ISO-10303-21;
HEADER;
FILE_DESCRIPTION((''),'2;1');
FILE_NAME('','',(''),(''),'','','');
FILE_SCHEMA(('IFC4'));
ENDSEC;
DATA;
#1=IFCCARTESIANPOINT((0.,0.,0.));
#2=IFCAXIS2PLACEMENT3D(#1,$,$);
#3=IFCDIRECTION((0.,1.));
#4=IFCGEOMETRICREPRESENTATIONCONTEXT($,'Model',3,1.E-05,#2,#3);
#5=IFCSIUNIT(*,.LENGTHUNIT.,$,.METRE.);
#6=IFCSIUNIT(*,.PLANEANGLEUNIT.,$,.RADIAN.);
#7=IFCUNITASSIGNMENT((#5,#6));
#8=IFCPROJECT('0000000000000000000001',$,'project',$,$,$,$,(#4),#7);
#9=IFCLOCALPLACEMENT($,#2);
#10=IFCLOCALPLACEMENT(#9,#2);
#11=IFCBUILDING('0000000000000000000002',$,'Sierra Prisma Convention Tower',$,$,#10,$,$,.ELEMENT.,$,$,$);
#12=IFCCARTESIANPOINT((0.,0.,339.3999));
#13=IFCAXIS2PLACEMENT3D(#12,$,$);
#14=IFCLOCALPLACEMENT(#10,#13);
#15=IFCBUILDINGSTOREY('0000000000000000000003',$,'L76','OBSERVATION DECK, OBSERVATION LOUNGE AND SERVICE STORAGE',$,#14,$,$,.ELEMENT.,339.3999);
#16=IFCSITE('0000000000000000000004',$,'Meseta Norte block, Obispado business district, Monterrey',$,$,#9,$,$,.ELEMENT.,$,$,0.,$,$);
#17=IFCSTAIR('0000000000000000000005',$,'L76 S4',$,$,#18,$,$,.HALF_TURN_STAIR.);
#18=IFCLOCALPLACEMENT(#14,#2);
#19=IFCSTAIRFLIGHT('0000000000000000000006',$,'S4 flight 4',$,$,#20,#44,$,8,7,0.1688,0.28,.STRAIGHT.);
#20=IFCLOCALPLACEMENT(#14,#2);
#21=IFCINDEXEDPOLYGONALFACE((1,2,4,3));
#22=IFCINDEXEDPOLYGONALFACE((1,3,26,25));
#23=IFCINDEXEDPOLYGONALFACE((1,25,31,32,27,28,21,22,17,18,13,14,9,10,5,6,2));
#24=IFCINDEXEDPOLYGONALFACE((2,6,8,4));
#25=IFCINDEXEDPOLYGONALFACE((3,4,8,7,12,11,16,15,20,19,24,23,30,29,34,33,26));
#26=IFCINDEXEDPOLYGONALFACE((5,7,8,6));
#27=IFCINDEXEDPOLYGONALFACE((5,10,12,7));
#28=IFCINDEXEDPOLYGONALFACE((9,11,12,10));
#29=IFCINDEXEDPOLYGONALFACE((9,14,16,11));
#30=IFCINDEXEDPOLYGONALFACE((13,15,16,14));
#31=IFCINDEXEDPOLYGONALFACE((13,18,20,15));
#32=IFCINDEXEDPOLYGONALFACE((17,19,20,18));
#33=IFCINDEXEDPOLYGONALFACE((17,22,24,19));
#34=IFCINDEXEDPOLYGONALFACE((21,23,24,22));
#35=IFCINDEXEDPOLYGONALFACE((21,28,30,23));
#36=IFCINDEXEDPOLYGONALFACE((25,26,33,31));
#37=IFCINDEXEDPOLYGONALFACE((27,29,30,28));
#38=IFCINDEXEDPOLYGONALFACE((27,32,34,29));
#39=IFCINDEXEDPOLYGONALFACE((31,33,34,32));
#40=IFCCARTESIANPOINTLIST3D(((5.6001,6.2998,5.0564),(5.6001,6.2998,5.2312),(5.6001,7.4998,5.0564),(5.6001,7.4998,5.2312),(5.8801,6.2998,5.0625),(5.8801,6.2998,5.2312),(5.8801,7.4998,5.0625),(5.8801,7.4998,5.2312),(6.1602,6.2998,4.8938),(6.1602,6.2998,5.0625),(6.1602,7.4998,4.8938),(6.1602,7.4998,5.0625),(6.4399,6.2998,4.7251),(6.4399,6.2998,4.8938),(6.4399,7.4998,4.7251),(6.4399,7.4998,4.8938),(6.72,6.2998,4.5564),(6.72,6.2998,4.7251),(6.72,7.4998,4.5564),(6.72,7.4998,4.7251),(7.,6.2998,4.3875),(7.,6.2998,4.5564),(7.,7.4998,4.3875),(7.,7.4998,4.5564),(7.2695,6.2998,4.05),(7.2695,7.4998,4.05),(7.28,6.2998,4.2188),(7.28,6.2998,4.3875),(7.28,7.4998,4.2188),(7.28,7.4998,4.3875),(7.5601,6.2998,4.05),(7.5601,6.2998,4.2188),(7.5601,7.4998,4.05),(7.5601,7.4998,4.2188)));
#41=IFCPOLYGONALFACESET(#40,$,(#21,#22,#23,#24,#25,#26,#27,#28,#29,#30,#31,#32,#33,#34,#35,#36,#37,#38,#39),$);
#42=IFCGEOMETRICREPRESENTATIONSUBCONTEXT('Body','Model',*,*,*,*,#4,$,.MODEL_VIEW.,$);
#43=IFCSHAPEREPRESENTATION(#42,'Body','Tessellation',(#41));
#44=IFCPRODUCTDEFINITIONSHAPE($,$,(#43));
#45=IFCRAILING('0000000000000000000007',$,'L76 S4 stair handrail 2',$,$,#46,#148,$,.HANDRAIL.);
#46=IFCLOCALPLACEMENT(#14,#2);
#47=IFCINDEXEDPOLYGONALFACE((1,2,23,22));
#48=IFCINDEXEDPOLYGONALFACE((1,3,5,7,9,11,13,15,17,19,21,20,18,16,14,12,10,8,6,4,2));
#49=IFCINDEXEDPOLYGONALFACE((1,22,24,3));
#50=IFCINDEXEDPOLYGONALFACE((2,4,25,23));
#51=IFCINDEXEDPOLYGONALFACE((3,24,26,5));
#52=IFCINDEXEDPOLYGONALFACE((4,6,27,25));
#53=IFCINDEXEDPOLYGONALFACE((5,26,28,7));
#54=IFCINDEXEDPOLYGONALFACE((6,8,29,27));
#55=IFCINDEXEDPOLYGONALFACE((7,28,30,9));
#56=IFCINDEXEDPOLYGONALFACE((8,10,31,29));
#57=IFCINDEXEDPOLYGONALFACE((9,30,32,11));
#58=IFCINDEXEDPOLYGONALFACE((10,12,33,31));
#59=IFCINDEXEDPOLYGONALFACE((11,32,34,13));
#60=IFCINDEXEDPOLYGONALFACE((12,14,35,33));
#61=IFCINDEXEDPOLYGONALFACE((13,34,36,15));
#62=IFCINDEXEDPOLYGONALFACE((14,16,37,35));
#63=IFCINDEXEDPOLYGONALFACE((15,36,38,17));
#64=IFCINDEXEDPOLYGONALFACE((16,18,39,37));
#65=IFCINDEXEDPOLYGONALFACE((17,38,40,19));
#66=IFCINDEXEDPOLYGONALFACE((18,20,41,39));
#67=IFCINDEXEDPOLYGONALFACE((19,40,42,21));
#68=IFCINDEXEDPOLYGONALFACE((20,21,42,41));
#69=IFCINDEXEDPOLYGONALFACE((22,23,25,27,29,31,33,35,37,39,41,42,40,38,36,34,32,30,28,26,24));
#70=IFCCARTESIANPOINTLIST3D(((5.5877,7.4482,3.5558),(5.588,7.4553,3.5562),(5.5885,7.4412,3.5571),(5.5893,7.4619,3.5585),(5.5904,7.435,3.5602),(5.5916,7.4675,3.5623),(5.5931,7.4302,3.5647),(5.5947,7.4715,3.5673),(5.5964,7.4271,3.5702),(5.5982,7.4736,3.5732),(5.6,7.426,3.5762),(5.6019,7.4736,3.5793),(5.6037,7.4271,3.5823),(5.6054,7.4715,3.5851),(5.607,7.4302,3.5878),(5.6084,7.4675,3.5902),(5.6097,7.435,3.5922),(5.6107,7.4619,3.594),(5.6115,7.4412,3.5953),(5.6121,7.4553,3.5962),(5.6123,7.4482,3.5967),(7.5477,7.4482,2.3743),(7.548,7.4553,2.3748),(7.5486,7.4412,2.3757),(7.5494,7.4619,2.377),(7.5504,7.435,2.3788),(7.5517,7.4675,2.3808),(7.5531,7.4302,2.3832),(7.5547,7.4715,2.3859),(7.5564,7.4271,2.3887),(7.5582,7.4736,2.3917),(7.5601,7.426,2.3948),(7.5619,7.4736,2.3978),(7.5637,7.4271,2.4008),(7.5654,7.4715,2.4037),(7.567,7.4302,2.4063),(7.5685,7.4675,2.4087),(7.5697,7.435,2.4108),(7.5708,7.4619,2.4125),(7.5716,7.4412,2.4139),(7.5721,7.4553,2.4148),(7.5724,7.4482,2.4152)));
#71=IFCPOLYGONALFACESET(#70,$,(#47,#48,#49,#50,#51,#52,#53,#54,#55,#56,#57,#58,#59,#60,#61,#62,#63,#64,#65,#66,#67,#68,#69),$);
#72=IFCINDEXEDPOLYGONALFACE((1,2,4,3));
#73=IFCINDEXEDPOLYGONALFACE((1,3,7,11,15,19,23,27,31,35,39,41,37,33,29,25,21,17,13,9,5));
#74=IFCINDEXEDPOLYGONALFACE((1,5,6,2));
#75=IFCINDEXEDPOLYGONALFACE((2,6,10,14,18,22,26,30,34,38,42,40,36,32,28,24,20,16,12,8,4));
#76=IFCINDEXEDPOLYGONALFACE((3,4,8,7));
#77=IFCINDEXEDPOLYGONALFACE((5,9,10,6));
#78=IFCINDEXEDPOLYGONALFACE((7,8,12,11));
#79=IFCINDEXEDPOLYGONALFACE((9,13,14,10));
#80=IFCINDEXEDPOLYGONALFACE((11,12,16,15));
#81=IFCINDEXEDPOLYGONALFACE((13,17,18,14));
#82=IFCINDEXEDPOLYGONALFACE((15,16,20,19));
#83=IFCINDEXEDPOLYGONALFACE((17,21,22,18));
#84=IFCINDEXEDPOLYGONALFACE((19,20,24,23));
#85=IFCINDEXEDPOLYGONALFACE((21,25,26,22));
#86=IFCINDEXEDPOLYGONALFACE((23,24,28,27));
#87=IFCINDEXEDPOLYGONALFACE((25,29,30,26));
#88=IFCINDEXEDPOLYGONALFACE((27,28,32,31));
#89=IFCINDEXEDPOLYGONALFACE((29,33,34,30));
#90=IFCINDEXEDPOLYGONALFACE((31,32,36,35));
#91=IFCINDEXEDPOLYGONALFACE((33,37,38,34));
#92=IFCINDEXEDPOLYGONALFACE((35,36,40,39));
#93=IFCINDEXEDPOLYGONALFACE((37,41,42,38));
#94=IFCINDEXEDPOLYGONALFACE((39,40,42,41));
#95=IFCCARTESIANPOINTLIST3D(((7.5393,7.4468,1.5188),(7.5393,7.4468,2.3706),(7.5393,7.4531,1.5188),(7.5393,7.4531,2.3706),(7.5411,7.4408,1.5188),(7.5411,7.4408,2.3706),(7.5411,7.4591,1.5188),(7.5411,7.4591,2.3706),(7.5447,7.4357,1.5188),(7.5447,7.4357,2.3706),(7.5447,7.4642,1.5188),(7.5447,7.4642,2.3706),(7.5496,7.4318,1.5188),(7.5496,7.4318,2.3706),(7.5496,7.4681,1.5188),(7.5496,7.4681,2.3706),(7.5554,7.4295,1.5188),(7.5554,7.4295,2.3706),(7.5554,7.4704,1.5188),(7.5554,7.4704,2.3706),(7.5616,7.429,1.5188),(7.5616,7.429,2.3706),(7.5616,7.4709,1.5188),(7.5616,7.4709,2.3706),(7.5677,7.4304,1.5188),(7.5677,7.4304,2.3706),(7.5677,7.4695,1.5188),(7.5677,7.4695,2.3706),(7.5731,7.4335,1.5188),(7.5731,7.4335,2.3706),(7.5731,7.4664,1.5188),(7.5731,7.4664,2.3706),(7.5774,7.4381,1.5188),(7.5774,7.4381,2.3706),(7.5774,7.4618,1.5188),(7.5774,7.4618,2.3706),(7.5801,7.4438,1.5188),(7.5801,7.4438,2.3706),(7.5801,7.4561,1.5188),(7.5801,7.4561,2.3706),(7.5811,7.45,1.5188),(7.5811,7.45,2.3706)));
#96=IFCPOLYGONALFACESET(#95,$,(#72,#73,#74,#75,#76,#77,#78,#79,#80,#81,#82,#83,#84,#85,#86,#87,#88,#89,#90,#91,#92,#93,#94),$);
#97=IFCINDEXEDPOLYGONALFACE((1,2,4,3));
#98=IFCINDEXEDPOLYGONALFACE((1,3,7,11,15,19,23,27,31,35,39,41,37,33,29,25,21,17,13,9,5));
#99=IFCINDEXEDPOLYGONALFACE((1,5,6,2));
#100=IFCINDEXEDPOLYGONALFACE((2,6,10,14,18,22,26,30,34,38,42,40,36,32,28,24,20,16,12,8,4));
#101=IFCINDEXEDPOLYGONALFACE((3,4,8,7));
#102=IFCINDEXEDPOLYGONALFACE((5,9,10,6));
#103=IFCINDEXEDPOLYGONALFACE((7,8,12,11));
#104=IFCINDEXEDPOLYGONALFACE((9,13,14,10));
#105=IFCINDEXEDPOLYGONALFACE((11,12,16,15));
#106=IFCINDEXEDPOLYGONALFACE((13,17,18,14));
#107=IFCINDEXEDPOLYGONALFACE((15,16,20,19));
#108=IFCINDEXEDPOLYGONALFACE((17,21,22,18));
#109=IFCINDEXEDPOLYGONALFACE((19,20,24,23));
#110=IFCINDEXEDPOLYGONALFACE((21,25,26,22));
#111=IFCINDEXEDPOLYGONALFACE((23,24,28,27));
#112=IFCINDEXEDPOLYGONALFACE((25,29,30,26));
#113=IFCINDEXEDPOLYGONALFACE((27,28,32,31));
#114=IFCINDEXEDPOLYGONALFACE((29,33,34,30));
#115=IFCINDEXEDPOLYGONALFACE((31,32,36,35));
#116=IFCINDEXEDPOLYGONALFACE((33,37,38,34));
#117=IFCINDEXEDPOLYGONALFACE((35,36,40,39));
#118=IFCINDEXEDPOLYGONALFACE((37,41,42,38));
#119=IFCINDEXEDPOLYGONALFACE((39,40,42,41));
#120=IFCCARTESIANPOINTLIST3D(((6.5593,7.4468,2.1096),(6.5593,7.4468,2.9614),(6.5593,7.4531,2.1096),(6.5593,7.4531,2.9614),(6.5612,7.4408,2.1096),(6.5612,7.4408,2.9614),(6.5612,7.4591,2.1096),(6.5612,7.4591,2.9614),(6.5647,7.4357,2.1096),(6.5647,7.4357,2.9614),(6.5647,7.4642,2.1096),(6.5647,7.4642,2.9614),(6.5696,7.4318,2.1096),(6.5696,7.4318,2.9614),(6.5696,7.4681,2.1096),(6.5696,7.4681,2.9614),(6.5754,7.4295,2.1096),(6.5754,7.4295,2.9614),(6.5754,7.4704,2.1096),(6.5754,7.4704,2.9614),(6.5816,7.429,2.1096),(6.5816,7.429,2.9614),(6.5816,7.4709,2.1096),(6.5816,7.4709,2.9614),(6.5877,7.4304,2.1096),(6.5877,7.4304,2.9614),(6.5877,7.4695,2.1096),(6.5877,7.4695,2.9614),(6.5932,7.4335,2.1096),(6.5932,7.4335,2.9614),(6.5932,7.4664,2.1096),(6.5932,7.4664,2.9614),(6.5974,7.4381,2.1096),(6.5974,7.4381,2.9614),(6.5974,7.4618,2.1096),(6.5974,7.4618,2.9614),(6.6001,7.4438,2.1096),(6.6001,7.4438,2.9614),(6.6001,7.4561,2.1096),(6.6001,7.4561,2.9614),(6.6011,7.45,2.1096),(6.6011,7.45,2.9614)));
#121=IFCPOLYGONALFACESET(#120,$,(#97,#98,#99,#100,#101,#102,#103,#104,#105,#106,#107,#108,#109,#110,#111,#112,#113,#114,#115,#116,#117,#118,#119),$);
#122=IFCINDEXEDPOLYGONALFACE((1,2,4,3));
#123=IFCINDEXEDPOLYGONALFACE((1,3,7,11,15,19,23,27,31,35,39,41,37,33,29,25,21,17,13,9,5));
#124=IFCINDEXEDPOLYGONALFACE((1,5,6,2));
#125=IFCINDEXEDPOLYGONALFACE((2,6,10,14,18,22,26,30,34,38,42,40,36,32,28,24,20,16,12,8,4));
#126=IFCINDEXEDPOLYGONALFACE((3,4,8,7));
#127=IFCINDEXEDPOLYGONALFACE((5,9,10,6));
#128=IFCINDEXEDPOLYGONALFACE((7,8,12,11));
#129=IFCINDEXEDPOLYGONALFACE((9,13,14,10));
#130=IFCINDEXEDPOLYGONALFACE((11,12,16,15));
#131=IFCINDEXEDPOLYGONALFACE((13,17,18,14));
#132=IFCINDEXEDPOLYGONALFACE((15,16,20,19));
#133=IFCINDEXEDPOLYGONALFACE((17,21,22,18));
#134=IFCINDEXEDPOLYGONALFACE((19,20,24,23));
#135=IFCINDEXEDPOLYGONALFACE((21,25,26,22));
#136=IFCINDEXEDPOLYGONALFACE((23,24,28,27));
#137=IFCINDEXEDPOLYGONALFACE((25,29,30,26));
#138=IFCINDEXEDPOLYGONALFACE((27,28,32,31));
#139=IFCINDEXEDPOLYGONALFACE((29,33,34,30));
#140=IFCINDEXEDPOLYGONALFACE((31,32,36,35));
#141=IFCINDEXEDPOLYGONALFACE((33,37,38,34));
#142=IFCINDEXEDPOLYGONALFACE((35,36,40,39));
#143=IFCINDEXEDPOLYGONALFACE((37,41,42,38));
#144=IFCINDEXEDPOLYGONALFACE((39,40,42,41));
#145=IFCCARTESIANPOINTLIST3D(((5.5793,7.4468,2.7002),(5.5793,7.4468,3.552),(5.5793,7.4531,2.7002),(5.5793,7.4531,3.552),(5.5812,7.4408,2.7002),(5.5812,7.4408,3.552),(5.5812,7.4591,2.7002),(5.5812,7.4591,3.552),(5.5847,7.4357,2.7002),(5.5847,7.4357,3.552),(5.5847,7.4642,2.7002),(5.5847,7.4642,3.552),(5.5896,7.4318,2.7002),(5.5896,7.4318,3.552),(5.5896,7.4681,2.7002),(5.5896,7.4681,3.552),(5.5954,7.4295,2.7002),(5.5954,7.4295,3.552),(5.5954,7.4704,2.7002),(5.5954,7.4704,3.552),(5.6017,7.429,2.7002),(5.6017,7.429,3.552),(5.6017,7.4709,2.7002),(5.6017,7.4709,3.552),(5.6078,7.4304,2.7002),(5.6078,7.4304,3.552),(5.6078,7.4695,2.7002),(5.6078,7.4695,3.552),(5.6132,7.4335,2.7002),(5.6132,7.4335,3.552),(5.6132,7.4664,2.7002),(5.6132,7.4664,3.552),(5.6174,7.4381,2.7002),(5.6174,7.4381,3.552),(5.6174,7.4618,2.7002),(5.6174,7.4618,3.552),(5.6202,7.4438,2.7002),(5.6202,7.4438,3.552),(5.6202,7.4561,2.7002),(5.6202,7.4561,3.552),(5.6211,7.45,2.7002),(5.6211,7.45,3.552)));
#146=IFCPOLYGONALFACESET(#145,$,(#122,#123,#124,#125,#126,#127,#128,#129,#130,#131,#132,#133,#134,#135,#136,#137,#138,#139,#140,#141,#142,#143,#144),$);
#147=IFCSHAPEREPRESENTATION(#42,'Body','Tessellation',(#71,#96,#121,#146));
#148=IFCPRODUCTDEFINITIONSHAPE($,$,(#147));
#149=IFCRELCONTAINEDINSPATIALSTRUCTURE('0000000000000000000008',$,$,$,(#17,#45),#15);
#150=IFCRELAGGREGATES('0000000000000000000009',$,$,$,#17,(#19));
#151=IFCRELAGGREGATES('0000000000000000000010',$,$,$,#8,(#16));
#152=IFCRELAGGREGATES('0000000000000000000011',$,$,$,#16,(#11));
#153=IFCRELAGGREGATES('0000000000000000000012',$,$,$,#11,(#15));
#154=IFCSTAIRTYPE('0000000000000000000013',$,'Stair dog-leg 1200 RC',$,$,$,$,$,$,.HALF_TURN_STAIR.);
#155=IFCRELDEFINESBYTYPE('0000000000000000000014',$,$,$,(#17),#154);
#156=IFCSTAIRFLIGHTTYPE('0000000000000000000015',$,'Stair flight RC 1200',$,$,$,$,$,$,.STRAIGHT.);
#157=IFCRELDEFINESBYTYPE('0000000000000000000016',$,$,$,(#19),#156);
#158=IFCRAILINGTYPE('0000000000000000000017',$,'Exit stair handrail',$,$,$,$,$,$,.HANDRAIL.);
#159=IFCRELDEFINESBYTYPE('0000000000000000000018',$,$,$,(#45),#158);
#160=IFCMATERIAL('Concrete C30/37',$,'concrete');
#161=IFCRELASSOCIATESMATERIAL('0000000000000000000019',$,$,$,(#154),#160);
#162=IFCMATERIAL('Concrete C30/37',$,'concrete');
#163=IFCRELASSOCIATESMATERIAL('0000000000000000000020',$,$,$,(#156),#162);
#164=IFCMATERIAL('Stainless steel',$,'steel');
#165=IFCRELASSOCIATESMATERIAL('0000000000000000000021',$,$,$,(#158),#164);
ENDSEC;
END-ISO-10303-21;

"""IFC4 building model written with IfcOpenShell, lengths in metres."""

from ifc_helpers import new_model, si_unit, direction, frame, origin, origin_2d, place, context, subcontext, project, spatial, polyline, circle, outline, extrude, material, type_object, element, aggregate, save


model = new_model("IFC4")

# Units and contexts
model_context = context("Model", 3, precision=1e-05, world=origin(), true_north=direction((0.0, 1.0)))
body_context = subcontext(model_context, "Body", "Model", "MODEL_VIEW")
ifc_project = project(units=[si_unit("LENGTHUNIT", "METRE"), si_unit("PLANEANGLEUNIT", "RADIAN")], contexts=[model_context])

# Site, building, storey
site_placement = place(None, origin())
site = spatial("IfcSite", under=ifc_project, at=site_placement, Name="Meseta Norte block, Obispado business district, Monterrey", CompositionType="ELEMENT", RefElevation=0.0)
building_placement = place(site_placement, origin())
building = spatial("IfcBuilding", under=site, at=building_placement, Name="Sierra Prisma Convention Tower", CompositionType="ELEMENT")
storey_placement = place(building_placement, frame((0.0, 0.0, 339.3999)))
storey = spatial("IfcBuildingStorey", under=building, at=storey_placement, Name="L76", Description="OBSERVATION DECK, OBSERVATION LOUNGE AND SERVICE STORAGE", CompositionType="ELEMENT", Elevation=339.3999)

# Stair, stair flight
ifc_material_1 = material(Name="Concrete C30/37", Category="concrete")
stair_type = type_object("IfcStairType", Name="Stair dog-leg 1200 RC", PredefinedType="HALF_TURN_STAIR", material=ifc_material_1)
stair_placement = place(storey_placement, origin())
stair = element("IfcStair", 1, at=stair_placement, inside=storey, type_object=stair_type, Name="L76 S4", PredefinedType="HALF_TURN_STAIR")
ifc_material_2 = material(Name="Concrete C30/37", Category="concrete")
stair_flight_type = type_object("IfcStairFlightType", Name="Stair flight RC 1200", PredefinedType="STRAIGHT", material=ifc_material_2)
stair_flight_1_placement = place(storey_placement, frame((7.5601, 6.8999, 4.05), z_axis=(0.0, 0.0, 1.0), x_axis=(-1.0, 0.0, 0.0)))
stair_flight_1 = element("IfcStairFlight", 2, at=stair_flight_1_placement, type_object=stair_flight_type, Name="S4 flight 4", NumberOfRisers=8, NumberOfTreads=7, PredefinedType="STRAIGHT", RiserHeight=0.1688, TreadLength=0.28, context=body_context, shape_type="SweptSolid", body=[
    extrude(outline(polyline([(0.0, 0.0), (0.0, 0.1687), (0.28, 0.1687), (0.28, 0.3374), (0.5601, 0.3374), (0.5601, 0.5063), (0.8401, 0.5063), (0.8401, 0.675), (1.1201, 0.675), (1.1201, 0.8438), (1.3999, 0.8438), (1.3999, 1.0125), (1.6799, 1.0125), (1.6799, 1.1812), (1.96, 1.1812), (1.96, 1.3501), (1.96, 1.0063), (0.2905, 0.0), (0.0, 0.0)])), frame((0.0, 0.6001, 0.0), z_axis=(0.0, -1.0, 0.0), x_axis=(1.0, 0.0, 0.0)), (0.0, 0.0, 1.0), 1.2),
])
aggregate(stair, [stair_flight_1])

# Railing
ifc_material_3 = material(Name="Stainless steel", Category="steel")
railing_type_1 = type_object("IfcRailingType", Name="Exit stair handrail", PredefinedType="HANDRAIL", material=ifc_material_3)
for number, where, name in (
    (3, (7.5601, 7.45, 1.5188), "L76 S4 stair handrail 2"),
):
    element("IfcRailing", number, at=place(storey_placement, frame(where)), inside=storey, type_object=railing_type_1, Name=name, PredefinedType="HANDRAIL", context=body_context, shape_type="SweptSolid", body=[
        extrude(circle(Radius=0.0239, at=origin_2d()), frame((0.0, 0.0, 0.876), z_axis=(-0.856446, 0.0, 0.516236), x_axis=(0.0, -1.0, 0.0)), (0.0, 0.0, 1.0), 2.2886),
        extrude(circle(Radius=0.021, at=origin_2d()), origin(), (0.0, 0.0, 1.0), 0.8518),
        extrude(circle(Radius=0.021, at=origin_2d()), frame((-0.98, 0.0, 0.5908)), (0.0, 0.0, 1.0), 0.8518),
        extrude(circle(Radius=0.021, at=origin_2d()), frame((-1.96, 0.0, 1.1814)), (0.0, 0.0, 1.0), 0.8518),
    ])

save(model, "model.ifc")
